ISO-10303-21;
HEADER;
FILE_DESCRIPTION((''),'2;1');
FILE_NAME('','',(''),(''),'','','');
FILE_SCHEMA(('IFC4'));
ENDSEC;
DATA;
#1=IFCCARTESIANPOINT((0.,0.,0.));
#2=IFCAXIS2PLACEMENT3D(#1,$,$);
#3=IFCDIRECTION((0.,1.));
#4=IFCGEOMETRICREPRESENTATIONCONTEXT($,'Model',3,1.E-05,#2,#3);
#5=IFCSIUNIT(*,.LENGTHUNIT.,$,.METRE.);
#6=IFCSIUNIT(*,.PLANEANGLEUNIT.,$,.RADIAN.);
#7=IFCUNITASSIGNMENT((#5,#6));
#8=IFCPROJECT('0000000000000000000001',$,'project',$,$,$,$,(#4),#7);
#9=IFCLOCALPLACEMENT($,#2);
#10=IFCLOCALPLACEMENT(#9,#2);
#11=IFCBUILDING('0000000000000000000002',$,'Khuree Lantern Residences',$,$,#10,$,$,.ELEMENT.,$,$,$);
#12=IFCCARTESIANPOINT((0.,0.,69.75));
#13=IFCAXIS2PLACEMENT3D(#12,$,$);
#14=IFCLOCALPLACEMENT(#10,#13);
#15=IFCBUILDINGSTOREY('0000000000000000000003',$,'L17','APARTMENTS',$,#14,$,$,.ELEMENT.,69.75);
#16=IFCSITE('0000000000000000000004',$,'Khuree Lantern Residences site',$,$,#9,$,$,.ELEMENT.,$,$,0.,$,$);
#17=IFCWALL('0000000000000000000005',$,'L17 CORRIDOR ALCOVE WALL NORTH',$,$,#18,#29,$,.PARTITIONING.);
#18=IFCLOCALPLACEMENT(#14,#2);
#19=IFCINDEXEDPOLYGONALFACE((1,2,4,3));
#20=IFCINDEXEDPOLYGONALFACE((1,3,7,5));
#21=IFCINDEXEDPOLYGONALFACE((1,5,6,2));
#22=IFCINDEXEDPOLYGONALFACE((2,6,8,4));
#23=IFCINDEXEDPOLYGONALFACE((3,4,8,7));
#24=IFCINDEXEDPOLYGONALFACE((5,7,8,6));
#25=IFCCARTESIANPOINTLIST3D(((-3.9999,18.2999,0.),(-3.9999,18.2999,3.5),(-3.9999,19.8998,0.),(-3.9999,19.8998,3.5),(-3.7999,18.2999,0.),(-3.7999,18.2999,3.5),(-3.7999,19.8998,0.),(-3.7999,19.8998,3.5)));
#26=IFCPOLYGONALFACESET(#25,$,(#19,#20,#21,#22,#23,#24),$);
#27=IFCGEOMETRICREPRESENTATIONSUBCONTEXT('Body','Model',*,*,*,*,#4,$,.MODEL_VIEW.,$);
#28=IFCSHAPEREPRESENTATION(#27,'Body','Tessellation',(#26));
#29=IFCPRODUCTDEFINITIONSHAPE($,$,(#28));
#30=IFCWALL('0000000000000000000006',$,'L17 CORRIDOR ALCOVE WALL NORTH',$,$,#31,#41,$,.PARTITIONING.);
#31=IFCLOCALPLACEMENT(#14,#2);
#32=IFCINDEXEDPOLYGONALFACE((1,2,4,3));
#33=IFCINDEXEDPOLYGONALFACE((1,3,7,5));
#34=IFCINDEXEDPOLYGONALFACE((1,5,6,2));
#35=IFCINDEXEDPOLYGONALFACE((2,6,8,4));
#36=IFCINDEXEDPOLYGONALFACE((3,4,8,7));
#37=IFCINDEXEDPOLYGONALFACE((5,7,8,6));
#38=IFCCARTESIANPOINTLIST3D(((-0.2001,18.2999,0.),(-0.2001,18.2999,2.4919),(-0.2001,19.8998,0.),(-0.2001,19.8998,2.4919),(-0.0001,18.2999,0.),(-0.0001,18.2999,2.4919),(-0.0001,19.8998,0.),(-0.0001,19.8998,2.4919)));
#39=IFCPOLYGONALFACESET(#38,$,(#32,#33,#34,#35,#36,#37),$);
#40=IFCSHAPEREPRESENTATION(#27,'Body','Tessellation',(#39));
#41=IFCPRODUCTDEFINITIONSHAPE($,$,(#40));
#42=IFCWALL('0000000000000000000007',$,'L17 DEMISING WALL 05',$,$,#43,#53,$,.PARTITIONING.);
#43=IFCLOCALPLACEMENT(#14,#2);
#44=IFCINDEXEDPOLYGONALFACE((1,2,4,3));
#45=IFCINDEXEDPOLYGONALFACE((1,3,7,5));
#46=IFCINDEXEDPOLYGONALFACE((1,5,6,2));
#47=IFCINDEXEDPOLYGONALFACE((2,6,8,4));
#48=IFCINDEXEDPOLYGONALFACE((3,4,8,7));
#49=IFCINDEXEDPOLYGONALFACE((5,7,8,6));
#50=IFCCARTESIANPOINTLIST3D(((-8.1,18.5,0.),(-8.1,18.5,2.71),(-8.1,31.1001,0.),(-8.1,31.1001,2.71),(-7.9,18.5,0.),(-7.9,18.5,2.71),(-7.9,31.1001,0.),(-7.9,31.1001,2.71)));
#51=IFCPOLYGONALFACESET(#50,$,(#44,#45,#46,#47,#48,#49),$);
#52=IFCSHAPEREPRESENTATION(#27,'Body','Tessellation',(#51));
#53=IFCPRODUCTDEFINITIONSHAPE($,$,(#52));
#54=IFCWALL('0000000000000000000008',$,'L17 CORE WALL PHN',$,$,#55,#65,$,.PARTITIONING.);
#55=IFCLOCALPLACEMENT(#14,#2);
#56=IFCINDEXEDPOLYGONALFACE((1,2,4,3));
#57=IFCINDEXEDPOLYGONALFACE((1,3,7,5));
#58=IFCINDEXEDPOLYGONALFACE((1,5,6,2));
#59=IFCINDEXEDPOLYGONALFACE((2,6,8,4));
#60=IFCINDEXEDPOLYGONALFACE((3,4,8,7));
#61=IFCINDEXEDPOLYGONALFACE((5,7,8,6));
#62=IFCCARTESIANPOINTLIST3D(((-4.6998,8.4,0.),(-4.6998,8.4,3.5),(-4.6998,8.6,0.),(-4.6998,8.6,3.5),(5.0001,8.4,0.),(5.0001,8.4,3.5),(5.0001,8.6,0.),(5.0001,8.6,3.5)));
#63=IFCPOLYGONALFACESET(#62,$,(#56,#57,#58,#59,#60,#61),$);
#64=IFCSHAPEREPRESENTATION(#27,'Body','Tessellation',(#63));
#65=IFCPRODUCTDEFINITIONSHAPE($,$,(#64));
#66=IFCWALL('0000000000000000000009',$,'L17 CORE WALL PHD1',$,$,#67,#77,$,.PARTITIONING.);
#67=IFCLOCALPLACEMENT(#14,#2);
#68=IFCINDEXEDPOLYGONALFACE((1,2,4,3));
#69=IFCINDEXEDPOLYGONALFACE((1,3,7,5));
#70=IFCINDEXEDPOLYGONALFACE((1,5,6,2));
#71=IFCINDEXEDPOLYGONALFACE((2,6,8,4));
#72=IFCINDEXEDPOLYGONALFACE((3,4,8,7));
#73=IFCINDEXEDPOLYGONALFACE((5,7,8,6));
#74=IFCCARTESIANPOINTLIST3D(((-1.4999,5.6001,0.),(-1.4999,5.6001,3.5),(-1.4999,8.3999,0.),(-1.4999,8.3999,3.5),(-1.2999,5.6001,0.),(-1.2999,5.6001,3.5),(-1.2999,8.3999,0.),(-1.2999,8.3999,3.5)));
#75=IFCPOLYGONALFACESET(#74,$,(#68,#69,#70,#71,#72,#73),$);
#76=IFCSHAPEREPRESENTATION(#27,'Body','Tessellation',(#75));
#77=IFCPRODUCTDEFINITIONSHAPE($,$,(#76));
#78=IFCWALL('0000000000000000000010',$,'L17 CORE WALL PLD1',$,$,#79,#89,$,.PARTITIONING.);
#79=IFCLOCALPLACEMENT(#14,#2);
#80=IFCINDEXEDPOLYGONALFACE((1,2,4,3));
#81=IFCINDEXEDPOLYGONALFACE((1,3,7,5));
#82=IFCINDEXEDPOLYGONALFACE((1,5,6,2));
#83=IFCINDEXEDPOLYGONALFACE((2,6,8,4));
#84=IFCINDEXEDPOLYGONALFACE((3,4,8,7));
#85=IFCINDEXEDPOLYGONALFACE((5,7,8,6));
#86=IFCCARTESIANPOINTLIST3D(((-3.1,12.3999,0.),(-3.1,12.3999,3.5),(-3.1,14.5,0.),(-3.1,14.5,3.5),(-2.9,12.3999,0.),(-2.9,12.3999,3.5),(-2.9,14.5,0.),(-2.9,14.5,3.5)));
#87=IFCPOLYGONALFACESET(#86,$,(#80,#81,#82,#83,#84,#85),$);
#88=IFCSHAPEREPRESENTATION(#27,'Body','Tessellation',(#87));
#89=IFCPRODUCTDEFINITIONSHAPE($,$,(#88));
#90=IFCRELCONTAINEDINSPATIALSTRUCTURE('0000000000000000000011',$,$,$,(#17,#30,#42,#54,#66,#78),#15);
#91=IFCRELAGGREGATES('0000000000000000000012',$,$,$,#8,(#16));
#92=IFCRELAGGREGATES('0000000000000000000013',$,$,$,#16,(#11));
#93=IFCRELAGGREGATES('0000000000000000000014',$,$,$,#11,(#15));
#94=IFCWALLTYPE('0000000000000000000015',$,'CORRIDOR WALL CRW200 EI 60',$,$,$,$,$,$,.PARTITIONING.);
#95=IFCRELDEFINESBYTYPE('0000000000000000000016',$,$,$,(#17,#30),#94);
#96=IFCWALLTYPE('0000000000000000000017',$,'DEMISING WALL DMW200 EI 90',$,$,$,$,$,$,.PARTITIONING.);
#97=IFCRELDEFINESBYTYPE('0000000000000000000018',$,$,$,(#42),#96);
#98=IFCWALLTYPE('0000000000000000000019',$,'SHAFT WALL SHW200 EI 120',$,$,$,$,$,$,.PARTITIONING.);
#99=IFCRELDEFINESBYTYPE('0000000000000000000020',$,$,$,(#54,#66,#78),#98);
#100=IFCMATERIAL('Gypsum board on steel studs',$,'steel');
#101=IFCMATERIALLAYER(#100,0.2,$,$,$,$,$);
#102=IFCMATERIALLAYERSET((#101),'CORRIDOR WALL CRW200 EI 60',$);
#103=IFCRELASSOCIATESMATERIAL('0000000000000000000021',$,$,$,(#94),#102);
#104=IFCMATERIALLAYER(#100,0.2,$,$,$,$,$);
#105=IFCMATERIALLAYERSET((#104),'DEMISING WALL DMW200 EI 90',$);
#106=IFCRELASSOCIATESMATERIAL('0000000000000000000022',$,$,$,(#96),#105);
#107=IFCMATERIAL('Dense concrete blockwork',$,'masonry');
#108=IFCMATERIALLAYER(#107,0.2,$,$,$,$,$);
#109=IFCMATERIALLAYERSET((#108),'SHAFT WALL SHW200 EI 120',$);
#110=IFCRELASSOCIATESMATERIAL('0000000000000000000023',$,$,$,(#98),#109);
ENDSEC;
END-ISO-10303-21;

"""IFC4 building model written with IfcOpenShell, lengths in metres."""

from ifc_helpers import new_model, si_unit, direction, frame, frame_2d, origin, place, context, subcontext, project, spatial, rectangle, extrude, material, layer, layer_set, type_object, element, save


model = new_model("IFC4")

# Units and contexts
model_context = context("Model", 3, precision=1e-05, world=origin(), true_north=direction((0.0, 1.0)))
body_context = subcontext(model_context, "Body", "Model", "MODEL_VIEW")
ifc_project = project(units=[si_unit("LENGTHUNIT", "METRE"), si_unit("PLANEANGLEUNIT", "RADIAN")], contexts=[model_context])

# Site, building, storey
site_placement = place(None, origin())
site = spatial("IfcSite", under=ifc_project, at=site_placement, Name="Khuree Lantern Residences site", CompositionType="ELEMENT", RefElevation=0.0)
building_placement = place(site_placement, origin())
building = spatial("IfcBuilding", under=site, at=building_placement, Name="Khuree Lantern Residences", CompositionType="ELEMENT")
storey_placement = place(building_placement, frame((0.0, 0.0, 69.75)))
storey = spatial("IfcBuildingStorey", under=building, at=storey_placement, Name="L17", Description="APARTMENTS", CompositionType="ELEMENT", Elevation=69.75)

# Walls
ifc_material_1 = material(Name="Dense concrete blockwork", Category="masonry")
ifc_material_2 = material(Name="Gypsum board on steel studs", Category="steel")
ifc_layer_1 = layer(ifc_material_2, 0.2)
ifc_layer_set_1 = layer_set([ifc_layer_1], Name="CORRIDOR WALL CRW200 EI 60")
wall_type_1 = type_object("IfcWallType", Name="CORRIDOR WALL CRW200 EI 60", PredefinedType="PARTITIONING", material=ifc_layer_set_1)
wall_1_placement = place(storey_placement, frame((-3.8999, 18.3, 0.0), z_axis=(0.0, 0.0, 1.0), x_axis=(0.0, 1.0, 0.0)))
element("IfcWall", 1, at=wall_1_placement, inside=storey, type_object=wall_type_1, Name="L17 CORRIDOR ALCOVE WALL NORTH", PredefinedType="PARTITIONING", context=body_context, shape_type="SweptSolid", body=[
    extrude(rectangle(XDim=1.5999, YDim=0.2, at=frame_2d((0.7998, 0.0))), origin(), (0.0, 0.0, 1.0), 3.5),
])
wall_2_placement = place(storey_placement, frame((-0.1001, 18.3, 0.0), z_axis=(0.0, 0.0, 1.0), x_axis=(0.0, 1.0, 0.0)))
element("IfcWall", 2, at=wall_2_placement, inside=storey, type_object=wall_type_1, Name="L17 CORRIDOR ALCOVE WALL NORTH", PredefinedType="PARTITIONING", context=body_context, shape_type="SweptSolid", body=[
    extrude(rectangle(XDim=1.5999, YDim=0.2, at=frame_2d((0.7998, 0.0))), origin(), (0.0, 0.0, 1.0), 2.4919),
])
ifc_layer_2 = layer(ifc_material_2, 0.2)
ifc_layer_set_2 = layer_set([ifc_layer_2], Name="DEMISING WALL DMW200 EI 90")
wall_type_2 = type_object("IfcWallType", Name="DEMISING WALL DMW200 EI 90", PredefinedType="PARTITIONING", material=ifc_layer_set_2)
wall_3_placement = place(storey_placement, frame((-8.0, 18.5, 0.0), z_axis=(0.0, 0.0, 1.0), x_axis=(0.0, 1.0, 0.0)))
element("IfcWall", 3, at=wall_3_placement, inside=storey, type_object=wall_type_2, Name="L17 DEMISING WALL 05", PredefinedType="PARTITIONING", context=body_context, shape_type="SweptSolid", body=[
    extrude(rectangle(XDim=12.6001, YDim=0.2, at=frame_2d((6.3, 0.0))), origin(), (0.0, 0.0, 1.0), 2.71),
])
ifc_layer_3 = layer(ifc_material_1, 0.2)
ifc_layer_set_3 = layer_set([ifc_layer_3], Name="SHAFT WALL SHW200 EI 120")
wall_type_3 = type_object("IfcWallType", Name="SHAFT WALL SHW200 EI 120", PredefinedType="PARTITIONING", material=ifc_layer_set_3)
wall_4_placement = place(storey_placement, frame((-4.7, 8.5, 0.0), z_axis=(0.0, 0.0, 1.0), x_axis=(1.0, 0.0, 0.0)))
element("IfcWall", 4, at=wall_4_placement, inside=storey, type_object=wall_type_3, Name="L17 CORE WALL PHN", PredefinedType="PARTITIONING", context=body_context, shape_type="SweptSolid", body=[
    extrude(rectangle(XDim=9.7, YDim=0.2, at=frame_2d((4.8501, 0.0))), origin(), (0.0, 0.0, 1.0), 3.5),
])
wall_5_placement = place(storey_placement, frame((-1.3999, 5.6001, 0.0), z_axis=(0.0, 0.0, 1.0), x_axis=(0.0, 1.0, 0.0)))
element("IfcWall", 5, at=wall_5_placement, inside=storey, type_object=wall_type_3, Name="L17 CORE WALL PHD1", PredefinedType="PARTITIONING", context=body_context, shape_type="SweptSolid", body=[
    extrude(rectangle(XDim=2.7998, YDim=0.2, at=frame_2d((1.3999, 0.0))), origin(), (0.0, 0.0, 1.0), 3.5),
])
wall_6_placement = place(storey_placement, frame((-3.0, 12.3999, 0.0), z_axis=(0.0, 0.0, 1.0), x_axis=(0.0, 1.0, 0.0)))
element("IfcWall", 6, at=wall_6_placement, inside=storey, type_object=wall_type_3, Name="L17 CORE WALL PLD1", PredefinedType="PARTITIONING", context=body_context, shape_type="SweptSolid", body=[
    extrude(rectangle(XDim=2.1001, YDim=0.2, at=frame_2d((1.05, 0.0))), origin(), (0.0, 0.0, 1.0), 3.5),
])

save(model, "model.ifc")
